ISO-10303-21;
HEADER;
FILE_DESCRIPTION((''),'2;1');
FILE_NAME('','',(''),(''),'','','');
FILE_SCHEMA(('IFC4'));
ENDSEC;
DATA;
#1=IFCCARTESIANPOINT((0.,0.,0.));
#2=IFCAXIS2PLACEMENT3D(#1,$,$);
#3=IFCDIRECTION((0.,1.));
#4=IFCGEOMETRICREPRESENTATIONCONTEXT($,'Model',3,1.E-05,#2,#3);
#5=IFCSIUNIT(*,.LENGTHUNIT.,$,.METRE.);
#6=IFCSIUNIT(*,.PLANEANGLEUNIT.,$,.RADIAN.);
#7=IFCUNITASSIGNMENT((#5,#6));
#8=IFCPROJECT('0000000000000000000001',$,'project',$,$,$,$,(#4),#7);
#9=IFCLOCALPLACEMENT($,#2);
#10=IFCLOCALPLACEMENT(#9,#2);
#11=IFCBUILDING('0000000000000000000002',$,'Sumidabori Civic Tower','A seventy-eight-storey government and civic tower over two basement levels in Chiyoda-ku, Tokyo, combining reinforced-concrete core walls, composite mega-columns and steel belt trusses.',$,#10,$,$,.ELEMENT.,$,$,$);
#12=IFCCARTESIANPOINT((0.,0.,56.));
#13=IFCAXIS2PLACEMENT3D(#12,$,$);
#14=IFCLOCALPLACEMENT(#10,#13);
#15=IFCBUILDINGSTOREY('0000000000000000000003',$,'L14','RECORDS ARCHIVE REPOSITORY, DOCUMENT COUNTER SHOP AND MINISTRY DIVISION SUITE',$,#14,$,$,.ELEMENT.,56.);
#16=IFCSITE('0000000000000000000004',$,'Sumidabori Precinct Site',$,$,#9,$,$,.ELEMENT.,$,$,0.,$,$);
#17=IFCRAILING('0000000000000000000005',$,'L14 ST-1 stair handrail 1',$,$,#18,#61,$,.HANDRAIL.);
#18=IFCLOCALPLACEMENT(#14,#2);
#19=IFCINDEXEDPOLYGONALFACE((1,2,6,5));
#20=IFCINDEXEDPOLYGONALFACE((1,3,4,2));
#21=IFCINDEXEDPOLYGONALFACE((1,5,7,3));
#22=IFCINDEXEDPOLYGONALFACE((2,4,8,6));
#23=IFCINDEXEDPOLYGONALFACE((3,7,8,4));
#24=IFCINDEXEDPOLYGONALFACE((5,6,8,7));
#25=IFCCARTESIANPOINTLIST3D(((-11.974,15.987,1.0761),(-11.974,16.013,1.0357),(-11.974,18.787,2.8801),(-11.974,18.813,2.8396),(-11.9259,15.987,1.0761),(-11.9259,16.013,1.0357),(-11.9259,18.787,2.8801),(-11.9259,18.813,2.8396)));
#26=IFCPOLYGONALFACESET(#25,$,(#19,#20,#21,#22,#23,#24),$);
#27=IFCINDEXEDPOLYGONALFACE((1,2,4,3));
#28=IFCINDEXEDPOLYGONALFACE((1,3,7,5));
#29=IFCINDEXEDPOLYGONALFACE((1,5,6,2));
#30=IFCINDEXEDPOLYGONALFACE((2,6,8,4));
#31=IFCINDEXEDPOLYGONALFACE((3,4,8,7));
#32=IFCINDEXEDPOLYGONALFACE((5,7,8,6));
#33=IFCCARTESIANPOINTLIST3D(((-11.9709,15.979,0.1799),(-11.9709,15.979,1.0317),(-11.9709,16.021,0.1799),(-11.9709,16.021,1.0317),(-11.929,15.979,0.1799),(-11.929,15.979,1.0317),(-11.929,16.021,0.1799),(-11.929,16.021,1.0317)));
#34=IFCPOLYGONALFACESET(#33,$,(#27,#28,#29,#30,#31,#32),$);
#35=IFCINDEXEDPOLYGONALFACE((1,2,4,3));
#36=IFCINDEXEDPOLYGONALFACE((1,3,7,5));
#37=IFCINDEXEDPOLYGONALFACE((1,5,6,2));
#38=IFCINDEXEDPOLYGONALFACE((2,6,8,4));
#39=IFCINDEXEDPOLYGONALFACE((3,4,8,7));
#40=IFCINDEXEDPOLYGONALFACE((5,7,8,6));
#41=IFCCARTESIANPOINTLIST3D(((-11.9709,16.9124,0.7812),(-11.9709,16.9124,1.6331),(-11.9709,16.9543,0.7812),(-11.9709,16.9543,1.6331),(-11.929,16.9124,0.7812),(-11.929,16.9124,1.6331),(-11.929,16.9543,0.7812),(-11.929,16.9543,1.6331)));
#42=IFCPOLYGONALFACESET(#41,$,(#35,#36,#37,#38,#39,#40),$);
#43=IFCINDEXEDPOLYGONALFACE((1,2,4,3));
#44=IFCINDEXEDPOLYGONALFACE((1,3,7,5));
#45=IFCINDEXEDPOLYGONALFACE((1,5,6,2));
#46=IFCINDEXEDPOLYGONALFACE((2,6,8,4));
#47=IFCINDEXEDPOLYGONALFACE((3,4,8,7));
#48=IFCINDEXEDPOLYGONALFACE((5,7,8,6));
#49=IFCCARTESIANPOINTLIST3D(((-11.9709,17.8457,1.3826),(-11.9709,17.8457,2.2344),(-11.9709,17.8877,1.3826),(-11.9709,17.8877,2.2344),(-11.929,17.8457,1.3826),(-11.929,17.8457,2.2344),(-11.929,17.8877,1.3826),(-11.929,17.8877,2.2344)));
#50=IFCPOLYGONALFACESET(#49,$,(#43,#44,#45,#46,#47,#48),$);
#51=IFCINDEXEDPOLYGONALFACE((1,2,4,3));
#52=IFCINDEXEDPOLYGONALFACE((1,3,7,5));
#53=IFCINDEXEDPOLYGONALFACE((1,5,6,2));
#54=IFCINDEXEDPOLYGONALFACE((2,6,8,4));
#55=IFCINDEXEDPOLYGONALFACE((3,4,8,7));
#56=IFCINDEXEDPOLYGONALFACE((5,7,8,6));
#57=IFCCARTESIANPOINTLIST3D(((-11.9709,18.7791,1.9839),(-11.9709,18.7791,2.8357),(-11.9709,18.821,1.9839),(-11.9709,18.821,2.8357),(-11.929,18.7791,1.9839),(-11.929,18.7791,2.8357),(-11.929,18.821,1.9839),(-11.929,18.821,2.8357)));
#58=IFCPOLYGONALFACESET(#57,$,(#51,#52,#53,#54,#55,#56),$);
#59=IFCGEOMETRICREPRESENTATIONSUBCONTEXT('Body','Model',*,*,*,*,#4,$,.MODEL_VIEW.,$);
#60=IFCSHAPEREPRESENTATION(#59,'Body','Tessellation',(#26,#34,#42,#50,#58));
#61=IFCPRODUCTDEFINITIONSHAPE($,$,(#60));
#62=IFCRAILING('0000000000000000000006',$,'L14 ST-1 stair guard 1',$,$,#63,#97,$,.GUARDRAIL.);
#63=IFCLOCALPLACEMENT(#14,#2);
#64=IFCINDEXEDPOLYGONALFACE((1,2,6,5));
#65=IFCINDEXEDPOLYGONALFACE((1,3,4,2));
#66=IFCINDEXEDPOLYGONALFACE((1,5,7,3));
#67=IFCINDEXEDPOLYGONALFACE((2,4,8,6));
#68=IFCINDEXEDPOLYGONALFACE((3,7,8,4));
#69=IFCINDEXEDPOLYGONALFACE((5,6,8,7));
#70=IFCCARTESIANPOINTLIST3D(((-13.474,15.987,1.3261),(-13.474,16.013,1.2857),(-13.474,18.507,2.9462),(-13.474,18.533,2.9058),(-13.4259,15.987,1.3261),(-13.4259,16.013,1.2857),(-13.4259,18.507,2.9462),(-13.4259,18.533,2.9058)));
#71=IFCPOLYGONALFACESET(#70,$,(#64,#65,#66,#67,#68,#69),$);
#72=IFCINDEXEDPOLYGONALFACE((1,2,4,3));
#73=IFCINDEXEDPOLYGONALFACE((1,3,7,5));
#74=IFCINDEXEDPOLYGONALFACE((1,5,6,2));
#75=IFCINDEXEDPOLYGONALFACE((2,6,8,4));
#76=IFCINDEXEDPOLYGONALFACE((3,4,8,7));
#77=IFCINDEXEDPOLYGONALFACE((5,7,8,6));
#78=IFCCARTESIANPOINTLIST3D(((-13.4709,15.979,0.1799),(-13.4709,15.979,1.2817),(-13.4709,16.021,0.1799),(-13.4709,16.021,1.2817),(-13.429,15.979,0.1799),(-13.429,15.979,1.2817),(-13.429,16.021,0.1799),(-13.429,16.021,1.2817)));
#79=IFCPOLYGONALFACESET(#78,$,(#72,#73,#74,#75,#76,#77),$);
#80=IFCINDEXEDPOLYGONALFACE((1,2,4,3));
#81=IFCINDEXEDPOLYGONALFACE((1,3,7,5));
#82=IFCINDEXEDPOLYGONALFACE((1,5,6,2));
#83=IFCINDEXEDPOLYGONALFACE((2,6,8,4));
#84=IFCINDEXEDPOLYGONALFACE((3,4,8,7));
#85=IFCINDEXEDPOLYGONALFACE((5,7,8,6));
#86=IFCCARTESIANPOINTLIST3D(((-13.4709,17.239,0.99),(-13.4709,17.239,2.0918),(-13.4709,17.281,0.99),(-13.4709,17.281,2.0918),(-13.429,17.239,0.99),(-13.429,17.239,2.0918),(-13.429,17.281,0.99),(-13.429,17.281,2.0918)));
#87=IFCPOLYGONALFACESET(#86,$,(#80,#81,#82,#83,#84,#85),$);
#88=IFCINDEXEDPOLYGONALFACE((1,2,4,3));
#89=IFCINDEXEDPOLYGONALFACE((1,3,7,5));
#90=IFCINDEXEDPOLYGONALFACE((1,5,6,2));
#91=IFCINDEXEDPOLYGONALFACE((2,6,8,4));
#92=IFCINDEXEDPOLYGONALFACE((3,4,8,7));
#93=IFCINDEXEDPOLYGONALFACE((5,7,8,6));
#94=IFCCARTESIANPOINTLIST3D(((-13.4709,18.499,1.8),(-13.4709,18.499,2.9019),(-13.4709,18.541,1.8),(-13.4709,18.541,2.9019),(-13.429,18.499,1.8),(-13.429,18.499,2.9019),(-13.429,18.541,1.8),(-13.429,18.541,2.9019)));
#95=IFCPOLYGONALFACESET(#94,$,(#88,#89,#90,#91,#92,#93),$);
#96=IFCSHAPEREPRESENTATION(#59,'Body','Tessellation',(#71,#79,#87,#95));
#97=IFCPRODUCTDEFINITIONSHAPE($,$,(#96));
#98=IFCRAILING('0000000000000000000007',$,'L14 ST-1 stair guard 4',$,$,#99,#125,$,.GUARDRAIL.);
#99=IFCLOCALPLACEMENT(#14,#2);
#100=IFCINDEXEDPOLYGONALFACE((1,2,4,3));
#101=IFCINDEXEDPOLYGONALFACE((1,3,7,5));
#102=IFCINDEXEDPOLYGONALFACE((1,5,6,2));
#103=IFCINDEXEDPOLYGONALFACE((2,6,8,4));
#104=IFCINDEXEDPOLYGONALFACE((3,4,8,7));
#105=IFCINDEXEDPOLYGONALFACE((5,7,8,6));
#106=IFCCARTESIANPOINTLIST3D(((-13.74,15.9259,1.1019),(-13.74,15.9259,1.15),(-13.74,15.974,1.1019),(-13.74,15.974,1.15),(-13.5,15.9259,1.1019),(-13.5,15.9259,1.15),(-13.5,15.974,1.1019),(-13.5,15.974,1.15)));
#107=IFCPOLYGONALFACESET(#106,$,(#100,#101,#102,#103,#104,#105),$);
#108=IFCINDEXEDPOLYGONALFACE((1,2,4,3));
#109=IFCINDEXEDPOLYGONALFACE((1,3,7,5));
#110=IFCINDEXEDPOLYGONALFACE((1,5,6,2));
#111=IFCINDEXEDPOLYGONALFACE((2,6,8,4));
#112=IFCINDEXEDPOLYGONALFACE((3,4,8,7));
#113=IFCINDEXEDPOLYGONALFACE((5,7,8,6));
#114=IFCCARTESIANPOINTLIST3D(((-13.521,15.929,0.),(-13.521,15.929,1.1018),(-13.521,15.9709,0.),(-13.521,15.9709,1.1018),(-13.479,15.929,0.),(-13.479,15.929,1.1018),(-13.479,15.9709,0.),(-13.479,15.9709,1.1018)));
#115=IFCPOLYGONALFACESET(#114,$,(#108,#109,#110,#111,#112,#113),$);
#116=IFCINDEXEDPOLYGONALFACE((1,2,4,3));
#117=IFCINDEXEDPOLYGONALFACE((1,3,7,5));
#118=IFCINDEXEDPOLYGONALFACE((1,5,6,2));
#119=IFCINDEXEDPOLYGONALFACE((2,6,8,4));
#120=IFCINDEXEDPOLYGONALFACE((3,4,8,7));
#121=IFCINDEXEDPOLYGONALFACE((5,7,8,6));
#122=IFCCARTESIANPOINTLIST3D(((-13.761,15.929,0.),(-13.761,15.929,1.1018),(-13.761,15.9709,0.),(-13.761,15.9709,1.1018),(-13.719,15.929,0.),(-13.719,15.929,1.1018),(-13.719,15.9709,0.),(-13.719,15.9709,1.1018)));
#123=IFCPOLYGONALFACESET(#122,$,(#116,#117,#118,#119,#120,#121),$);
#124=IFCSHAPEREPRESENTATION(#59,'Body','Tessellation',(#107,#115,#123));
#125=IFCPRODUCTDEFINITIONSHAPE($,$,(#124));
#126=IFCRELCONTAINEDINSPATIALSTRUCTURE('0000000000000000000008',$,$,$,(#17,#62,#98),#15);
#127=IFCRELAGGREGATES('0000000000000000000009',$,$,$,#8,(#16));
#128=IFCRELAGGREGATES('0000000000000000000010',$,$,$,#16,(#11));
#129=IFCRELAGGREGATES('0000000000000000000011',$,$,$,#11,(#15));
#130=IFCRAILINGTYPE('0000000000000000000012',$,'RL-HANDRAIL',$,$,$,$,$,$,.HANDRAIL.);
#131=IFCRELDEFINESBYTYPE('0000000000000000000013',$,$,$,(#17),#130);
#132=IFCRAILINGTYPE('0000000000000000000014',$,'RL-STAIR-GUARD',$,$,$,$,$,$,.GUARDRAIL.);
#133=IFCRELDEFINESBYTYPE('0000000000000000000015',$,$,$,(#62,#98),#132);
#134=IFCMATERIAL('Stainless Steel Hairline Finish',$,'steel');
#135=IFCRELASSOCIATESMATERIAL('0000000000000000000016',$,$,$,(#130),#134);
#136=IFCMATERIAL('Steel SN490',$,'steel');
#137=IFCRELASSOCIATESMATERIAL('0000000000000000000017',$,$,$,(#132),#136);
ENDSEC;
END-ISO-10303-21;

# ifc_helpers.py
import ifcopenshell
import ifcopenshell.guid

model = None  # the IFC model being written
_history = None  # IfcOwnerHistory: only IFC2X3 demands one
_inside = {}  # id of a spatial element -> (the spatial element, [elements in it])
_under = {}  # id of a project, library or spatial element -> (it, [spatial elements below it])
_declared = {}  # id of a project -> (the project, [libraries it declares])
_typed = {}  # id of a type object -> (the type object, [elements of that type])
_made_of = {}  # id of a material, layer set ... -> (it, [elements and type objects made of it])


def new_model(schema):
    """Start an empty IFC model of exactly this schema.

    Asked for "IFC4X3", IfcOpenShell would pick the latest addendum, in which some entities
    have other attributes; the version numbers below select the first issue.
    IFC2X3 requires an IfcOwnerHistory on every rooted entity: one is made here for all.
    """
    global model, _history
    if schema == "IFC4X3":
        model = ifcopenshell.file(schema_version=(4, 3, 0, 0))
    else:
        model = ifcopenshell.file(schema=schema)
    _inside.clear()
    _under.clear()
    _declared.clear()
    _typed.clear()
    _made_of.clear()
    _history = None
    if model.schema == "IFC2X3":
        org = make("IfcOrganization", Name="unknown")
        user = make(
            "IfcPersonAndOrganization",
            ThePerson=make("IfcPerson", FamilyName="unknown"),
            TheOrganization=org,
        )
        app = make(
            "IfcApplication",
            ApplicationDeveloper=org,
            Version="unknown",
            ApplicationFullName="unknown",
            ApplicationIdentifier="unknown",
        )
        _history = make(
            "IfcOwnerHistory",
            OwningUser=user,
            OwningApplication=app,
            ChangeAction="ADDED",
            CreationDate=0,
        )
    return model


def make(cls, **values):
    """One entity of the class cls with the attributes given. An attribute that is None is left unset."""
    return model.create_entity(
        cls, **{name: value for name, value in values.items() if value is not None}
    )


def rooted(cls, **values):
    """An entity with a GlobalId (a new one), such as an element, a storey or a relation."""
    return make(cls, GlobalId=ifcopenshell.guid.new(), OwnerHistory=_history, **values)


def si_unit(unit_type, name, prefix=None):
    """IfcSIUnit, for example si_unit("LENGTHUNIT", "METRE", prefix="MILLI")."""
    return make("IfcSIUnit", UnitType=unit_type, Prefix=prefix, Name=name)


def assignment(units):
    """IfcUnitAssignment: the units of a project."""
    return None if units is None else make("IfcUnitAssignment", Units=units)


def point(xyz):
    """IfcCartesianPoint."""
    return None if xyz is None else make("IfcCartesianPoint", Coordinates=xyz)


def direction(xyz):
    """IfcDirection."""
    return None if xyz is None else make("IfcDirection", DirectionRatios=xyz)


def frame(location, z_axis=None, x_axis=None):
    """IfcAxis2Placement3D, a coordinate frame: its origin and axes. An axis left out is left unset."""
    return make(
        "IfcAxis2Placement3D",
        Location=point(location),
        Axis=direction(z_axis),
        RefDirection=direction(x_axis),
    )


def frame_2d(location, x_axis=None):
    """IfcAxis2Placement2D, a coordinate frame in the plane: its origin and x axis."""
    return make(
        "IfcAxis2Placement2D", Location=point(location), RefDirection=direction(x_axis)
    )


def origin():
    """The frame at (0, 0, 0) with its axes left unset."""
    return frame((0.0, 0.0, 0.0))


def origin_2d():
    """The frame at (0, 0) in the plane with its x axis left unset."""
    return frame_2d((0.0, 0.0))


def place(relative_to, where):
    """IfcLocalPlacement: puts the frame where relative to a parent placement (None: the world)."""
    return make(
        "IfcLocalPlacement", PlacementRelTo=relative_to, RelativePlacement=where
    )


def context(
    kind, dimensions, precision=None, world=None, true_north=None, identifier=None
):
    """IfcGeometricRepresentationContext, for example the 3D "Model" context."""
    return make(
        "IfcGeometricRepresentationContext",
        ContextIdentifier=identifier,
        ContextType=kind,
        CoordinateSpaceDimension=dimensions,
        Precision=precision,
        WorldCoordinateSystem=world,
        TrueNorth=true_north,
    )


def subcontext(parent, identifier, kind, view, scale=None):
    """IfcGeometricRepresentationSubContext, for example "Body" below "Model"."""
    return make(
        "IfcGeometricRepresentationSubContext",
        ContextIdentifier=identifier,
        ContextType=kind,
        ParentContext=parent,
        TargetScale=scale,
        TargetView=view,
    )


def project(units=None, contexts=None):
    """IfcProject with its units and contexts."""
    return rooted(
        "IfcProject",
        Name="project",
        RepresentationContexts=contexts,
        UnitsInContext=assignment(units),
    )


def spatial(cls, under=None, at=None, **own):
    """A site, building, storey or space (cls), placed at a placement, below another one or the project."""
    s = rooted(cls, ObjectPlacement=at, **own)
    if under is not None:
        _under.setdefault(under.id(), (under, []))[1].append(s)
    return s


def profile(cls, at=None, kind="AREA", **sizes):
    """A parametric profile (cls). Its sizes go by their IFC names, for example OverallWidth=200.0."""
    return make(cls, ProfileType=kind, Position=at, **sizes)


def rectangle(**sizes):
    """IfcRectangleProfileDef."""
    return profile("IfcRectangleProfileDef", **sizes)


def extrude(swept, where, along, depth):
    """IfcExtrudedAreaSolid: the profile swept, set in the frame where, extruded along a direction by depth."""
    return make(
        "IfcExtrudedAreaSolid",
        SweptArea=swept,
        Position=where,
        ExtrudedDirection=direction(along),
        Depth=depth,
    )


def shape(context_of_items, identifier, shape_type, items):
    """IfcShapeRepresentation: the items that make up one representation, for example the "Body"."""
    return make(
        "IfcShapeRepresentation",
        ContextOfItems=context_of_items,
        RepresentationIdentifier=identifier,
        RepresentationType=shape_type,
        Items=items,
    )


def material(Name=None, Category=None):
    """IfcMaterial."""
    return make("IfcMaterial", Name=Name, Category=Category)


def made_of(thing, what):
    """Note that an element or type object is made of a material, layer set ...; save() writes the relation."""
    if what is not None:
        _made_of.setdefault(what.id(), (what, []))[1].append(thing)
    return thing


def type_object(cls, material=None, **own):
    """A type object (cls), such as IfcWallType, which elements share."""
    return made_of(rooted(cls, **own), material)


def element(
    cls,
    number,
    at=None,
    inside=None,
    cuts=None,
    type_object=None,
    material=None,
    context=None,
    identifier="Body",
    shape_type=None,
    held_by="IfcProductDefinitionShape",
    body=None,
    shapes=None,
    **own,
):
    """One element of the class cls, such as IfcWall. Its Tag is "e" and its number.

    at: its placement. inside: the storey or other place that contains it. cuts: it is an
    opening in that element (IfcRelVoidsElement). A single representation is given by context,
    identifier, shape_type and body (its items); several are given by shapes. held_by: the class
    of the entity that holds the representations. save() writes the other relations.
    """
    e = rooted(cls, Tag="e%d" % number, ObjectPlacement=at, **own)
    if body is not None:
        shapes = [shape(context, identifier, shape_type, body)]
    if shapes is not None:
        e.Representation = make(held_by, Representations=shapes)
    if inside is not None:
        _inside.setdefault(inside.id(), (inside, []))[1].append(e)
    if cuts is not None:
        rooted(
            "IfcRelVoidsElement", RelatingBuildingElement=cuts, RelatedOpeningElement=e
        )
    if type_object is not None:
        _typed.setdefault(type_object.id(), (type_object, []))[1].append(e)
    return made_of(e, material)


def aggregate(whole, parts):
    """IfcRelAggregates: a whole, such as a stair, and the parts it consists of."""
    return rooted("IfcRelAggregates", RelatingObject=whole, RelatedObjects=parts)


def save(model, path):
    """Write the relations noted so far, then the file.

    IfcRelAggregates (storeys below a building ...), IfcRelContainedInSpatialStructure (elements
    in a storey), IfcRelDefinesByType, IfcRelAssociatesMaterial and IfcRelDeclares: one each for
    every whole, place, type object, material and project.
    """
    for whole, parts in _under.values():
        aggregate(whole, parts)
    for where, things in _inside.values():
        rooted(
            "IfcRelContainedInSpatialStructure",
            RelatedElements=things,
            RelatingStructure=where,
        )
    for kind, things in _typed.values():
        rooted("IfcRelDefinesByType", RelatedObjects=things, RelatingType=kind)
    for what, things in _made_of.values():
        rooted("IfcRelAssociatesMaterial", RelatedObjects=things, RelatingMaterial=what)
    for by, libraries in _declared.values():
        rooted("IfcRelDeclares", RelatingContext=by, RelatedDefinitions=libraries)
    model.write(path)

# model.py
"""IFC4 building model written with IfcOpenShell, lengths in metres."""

from ifc_helpers import new_model, si_unit, direction, frame, origin, origin_2d, place, context, subcontext, project, spatial, rectangle, extrude, material, type_object, element, save


model = new_model("IFC4")

# Units and contexts
model_context = context("Model", 3, precision=1e-05, world=origin(), true_north=direction((0.0, 1.0)))
body_context = subcontext(model_context, "Body", "Model", "MODEL_VIEW")
ifc_project = project(units=[si_unit("LENGTHUNIT", "METRE"), si_unit("PLANEANGLEUNIT", "RADIAN")], contexts=[model_context])

# Site, building, storey
site_placement = place(None, origin())
site = spatial("IfcSite", under=ifc_project, at=site_placement, Name="Sumidabori Precinct Site", CompositionType="ELEMENT", RefElevation=0.0)
building_placement = place(site_placement, origin())
building = spatial("IfcBuilding", under=site, at=building_placement, Name="Sumidabori Civic Tower", Description="A seventy-eight-storey government and civic tower over two basement levels in Chiyoda-ku, Tokyo, combining reinforced-concrete core walls, composite mega-columns and steel belt trusses.", CompositionType="ELEMENT")
storey_placement = place(building_placement, frame((0.0, 0.0, 56.0)))
storey = spatial("IfcBuildingStorey", under=building, at=storey_placement, Name="L14", Description="RECORDS ARCHIVE REPOSITORY, DOCUMENT COUNTER SHOP AND MINISTRY DIVISION SUITE", CompositionType="ELEMENT", Elevation=56.0)

# Shared definitions
ifc_material_1 = material(Name="Steel SN490", Category="steel")

# Shared definitions
ifc_material_2 = material(Name="Stainless Steel Hairline Finish", Category="steel")

# Railings
railing_type_1 = type_object("IfcRailingType", Name="RL-HANDRAIL", PredefinedType="HANDRAIL", material=ifc_material_2)
railing_1_placement = place(storey_placement, frame((-11.95, 16.0, 0.1799)))
element("IfcRailing", 1, at=railing_1_placement, inside=storey, type_object=railing_type_1, Name="L14 ST-1 stair handrail 1", PredefinedType="HANDRAIL", context=body_context, shape_type="SweptSolid", body=[
    extrude(rectangle(XDim=0.0481, YDim=0.0481, at=origin_2d()), frame((0.0, 0.0, 0.876), z_axis=(0.0, 0.840642, 0.541591), x_axis=(-1.0, 0.0, 0.0)), (0.0, 0.0, 1.0), 3.3308),
    extrude(rectangle(XDim=0.042, YDim=0.042, at=origin_2d()), origin(), (0.0, 0.0, 1.0), 0.8518),
    extrude(rectangle(XDim=0.042, YDim=0.042, at=origin_2d()), frame((0.0, 0.9333, 0.6013)), (0.0, 0.0, 1.0), 0.8518),
    extrude(rectangle(XDim=0.042, YDim=0.042, at=origin_2d()), frame((0.0, 1.8667, 1.2026)), (0.0, 0.0, 1.0), 0.8518),
    extrude(rectangle(XDim=0.042, YDim=0.042, at=origin_2d()), frame((0.0, 2.8, 1.804)), (0.0, 0.0, 1.0), 0.8518),
])
railing_type_2 = type_object("IfcRailingType", Name="RL-STAIR-GUARD", PredefinedType="GUARDRAIL", material=ifc_material_1)
railing_2_placement = place(storey_placement, frame((-13.45, 16.0, 0.1799)))
element("IfcRailing", 2, at=railing_2_placement, inside=storey, type_object=railing_type_2, Name="L14 ST-1 stair guard 1", PredefinedType="GUARDRAIL", context=body_context, shape_type="SweptSolid", body=[
    extrude(rectangle(XDim=0.0481, YDim=0.0481, at=origin_2d()), frame((0.0, 0.0, 1.126), z_axis=(0.0, 0.841163, 0.540782), x_axis=(-1.0, 0.0, 0.0)), (0.0, 0.0, 1.0), 2.9958),
    extrude(rectangle(XDim=0.042, YDim=0.042, at=origin_2d()), origin(), (0.0, 0.0, 1.0), 1.1018),
    extrude(rectangle(XDim=0.042, YDim=0.042, at=origin_2d()), frame((0.0, 1.26, 0.8101)), (0.0, 0.0, 1.0), 1.1018),
    extrude(rectangle(XDim=0.042, YDim=0.042, at=origin_2d()), frame((0.0, 2.52, 1.6201)), (0.0, 0.0, 1.0), 1.1018),
])
railing_3_placement = place(storey_placement, frame((-13.5, 15.95, 0.0)))
element("IfcRailing", 3, at=railing_3_placement, inside=storey, type_object=railing_type_2, Name="L14 ST-1 stair guard 4", PredefinedType="GUARDRAIL", context=body_context, shape_type="SweptSolid", body=[
    extrude(rectangle(XDim=0.0481, YDim=0.0481, at=origin_2d()), frame((0.0, 0.0, 1.126), z_axis=(-1.0, 0.0, 0.0), x_axis=(0.0, -1.0, 0.0)), (0.0, 0.0, 1.0), 0.24),
    extrude(rectangle(XDim=0.042, YDim=0.042, at=origin_2d()), origin(), (0.0, 0.0, 1.0), 1.1018),
    extrude(rectangle(XDim=0.042, YDim=0.042, at=origin_2d()), frame((-0.24, 0.0, 0.0)), (0.0, 0.0, 1.0), 1.1018),
])

save(model, "model.ifc")
